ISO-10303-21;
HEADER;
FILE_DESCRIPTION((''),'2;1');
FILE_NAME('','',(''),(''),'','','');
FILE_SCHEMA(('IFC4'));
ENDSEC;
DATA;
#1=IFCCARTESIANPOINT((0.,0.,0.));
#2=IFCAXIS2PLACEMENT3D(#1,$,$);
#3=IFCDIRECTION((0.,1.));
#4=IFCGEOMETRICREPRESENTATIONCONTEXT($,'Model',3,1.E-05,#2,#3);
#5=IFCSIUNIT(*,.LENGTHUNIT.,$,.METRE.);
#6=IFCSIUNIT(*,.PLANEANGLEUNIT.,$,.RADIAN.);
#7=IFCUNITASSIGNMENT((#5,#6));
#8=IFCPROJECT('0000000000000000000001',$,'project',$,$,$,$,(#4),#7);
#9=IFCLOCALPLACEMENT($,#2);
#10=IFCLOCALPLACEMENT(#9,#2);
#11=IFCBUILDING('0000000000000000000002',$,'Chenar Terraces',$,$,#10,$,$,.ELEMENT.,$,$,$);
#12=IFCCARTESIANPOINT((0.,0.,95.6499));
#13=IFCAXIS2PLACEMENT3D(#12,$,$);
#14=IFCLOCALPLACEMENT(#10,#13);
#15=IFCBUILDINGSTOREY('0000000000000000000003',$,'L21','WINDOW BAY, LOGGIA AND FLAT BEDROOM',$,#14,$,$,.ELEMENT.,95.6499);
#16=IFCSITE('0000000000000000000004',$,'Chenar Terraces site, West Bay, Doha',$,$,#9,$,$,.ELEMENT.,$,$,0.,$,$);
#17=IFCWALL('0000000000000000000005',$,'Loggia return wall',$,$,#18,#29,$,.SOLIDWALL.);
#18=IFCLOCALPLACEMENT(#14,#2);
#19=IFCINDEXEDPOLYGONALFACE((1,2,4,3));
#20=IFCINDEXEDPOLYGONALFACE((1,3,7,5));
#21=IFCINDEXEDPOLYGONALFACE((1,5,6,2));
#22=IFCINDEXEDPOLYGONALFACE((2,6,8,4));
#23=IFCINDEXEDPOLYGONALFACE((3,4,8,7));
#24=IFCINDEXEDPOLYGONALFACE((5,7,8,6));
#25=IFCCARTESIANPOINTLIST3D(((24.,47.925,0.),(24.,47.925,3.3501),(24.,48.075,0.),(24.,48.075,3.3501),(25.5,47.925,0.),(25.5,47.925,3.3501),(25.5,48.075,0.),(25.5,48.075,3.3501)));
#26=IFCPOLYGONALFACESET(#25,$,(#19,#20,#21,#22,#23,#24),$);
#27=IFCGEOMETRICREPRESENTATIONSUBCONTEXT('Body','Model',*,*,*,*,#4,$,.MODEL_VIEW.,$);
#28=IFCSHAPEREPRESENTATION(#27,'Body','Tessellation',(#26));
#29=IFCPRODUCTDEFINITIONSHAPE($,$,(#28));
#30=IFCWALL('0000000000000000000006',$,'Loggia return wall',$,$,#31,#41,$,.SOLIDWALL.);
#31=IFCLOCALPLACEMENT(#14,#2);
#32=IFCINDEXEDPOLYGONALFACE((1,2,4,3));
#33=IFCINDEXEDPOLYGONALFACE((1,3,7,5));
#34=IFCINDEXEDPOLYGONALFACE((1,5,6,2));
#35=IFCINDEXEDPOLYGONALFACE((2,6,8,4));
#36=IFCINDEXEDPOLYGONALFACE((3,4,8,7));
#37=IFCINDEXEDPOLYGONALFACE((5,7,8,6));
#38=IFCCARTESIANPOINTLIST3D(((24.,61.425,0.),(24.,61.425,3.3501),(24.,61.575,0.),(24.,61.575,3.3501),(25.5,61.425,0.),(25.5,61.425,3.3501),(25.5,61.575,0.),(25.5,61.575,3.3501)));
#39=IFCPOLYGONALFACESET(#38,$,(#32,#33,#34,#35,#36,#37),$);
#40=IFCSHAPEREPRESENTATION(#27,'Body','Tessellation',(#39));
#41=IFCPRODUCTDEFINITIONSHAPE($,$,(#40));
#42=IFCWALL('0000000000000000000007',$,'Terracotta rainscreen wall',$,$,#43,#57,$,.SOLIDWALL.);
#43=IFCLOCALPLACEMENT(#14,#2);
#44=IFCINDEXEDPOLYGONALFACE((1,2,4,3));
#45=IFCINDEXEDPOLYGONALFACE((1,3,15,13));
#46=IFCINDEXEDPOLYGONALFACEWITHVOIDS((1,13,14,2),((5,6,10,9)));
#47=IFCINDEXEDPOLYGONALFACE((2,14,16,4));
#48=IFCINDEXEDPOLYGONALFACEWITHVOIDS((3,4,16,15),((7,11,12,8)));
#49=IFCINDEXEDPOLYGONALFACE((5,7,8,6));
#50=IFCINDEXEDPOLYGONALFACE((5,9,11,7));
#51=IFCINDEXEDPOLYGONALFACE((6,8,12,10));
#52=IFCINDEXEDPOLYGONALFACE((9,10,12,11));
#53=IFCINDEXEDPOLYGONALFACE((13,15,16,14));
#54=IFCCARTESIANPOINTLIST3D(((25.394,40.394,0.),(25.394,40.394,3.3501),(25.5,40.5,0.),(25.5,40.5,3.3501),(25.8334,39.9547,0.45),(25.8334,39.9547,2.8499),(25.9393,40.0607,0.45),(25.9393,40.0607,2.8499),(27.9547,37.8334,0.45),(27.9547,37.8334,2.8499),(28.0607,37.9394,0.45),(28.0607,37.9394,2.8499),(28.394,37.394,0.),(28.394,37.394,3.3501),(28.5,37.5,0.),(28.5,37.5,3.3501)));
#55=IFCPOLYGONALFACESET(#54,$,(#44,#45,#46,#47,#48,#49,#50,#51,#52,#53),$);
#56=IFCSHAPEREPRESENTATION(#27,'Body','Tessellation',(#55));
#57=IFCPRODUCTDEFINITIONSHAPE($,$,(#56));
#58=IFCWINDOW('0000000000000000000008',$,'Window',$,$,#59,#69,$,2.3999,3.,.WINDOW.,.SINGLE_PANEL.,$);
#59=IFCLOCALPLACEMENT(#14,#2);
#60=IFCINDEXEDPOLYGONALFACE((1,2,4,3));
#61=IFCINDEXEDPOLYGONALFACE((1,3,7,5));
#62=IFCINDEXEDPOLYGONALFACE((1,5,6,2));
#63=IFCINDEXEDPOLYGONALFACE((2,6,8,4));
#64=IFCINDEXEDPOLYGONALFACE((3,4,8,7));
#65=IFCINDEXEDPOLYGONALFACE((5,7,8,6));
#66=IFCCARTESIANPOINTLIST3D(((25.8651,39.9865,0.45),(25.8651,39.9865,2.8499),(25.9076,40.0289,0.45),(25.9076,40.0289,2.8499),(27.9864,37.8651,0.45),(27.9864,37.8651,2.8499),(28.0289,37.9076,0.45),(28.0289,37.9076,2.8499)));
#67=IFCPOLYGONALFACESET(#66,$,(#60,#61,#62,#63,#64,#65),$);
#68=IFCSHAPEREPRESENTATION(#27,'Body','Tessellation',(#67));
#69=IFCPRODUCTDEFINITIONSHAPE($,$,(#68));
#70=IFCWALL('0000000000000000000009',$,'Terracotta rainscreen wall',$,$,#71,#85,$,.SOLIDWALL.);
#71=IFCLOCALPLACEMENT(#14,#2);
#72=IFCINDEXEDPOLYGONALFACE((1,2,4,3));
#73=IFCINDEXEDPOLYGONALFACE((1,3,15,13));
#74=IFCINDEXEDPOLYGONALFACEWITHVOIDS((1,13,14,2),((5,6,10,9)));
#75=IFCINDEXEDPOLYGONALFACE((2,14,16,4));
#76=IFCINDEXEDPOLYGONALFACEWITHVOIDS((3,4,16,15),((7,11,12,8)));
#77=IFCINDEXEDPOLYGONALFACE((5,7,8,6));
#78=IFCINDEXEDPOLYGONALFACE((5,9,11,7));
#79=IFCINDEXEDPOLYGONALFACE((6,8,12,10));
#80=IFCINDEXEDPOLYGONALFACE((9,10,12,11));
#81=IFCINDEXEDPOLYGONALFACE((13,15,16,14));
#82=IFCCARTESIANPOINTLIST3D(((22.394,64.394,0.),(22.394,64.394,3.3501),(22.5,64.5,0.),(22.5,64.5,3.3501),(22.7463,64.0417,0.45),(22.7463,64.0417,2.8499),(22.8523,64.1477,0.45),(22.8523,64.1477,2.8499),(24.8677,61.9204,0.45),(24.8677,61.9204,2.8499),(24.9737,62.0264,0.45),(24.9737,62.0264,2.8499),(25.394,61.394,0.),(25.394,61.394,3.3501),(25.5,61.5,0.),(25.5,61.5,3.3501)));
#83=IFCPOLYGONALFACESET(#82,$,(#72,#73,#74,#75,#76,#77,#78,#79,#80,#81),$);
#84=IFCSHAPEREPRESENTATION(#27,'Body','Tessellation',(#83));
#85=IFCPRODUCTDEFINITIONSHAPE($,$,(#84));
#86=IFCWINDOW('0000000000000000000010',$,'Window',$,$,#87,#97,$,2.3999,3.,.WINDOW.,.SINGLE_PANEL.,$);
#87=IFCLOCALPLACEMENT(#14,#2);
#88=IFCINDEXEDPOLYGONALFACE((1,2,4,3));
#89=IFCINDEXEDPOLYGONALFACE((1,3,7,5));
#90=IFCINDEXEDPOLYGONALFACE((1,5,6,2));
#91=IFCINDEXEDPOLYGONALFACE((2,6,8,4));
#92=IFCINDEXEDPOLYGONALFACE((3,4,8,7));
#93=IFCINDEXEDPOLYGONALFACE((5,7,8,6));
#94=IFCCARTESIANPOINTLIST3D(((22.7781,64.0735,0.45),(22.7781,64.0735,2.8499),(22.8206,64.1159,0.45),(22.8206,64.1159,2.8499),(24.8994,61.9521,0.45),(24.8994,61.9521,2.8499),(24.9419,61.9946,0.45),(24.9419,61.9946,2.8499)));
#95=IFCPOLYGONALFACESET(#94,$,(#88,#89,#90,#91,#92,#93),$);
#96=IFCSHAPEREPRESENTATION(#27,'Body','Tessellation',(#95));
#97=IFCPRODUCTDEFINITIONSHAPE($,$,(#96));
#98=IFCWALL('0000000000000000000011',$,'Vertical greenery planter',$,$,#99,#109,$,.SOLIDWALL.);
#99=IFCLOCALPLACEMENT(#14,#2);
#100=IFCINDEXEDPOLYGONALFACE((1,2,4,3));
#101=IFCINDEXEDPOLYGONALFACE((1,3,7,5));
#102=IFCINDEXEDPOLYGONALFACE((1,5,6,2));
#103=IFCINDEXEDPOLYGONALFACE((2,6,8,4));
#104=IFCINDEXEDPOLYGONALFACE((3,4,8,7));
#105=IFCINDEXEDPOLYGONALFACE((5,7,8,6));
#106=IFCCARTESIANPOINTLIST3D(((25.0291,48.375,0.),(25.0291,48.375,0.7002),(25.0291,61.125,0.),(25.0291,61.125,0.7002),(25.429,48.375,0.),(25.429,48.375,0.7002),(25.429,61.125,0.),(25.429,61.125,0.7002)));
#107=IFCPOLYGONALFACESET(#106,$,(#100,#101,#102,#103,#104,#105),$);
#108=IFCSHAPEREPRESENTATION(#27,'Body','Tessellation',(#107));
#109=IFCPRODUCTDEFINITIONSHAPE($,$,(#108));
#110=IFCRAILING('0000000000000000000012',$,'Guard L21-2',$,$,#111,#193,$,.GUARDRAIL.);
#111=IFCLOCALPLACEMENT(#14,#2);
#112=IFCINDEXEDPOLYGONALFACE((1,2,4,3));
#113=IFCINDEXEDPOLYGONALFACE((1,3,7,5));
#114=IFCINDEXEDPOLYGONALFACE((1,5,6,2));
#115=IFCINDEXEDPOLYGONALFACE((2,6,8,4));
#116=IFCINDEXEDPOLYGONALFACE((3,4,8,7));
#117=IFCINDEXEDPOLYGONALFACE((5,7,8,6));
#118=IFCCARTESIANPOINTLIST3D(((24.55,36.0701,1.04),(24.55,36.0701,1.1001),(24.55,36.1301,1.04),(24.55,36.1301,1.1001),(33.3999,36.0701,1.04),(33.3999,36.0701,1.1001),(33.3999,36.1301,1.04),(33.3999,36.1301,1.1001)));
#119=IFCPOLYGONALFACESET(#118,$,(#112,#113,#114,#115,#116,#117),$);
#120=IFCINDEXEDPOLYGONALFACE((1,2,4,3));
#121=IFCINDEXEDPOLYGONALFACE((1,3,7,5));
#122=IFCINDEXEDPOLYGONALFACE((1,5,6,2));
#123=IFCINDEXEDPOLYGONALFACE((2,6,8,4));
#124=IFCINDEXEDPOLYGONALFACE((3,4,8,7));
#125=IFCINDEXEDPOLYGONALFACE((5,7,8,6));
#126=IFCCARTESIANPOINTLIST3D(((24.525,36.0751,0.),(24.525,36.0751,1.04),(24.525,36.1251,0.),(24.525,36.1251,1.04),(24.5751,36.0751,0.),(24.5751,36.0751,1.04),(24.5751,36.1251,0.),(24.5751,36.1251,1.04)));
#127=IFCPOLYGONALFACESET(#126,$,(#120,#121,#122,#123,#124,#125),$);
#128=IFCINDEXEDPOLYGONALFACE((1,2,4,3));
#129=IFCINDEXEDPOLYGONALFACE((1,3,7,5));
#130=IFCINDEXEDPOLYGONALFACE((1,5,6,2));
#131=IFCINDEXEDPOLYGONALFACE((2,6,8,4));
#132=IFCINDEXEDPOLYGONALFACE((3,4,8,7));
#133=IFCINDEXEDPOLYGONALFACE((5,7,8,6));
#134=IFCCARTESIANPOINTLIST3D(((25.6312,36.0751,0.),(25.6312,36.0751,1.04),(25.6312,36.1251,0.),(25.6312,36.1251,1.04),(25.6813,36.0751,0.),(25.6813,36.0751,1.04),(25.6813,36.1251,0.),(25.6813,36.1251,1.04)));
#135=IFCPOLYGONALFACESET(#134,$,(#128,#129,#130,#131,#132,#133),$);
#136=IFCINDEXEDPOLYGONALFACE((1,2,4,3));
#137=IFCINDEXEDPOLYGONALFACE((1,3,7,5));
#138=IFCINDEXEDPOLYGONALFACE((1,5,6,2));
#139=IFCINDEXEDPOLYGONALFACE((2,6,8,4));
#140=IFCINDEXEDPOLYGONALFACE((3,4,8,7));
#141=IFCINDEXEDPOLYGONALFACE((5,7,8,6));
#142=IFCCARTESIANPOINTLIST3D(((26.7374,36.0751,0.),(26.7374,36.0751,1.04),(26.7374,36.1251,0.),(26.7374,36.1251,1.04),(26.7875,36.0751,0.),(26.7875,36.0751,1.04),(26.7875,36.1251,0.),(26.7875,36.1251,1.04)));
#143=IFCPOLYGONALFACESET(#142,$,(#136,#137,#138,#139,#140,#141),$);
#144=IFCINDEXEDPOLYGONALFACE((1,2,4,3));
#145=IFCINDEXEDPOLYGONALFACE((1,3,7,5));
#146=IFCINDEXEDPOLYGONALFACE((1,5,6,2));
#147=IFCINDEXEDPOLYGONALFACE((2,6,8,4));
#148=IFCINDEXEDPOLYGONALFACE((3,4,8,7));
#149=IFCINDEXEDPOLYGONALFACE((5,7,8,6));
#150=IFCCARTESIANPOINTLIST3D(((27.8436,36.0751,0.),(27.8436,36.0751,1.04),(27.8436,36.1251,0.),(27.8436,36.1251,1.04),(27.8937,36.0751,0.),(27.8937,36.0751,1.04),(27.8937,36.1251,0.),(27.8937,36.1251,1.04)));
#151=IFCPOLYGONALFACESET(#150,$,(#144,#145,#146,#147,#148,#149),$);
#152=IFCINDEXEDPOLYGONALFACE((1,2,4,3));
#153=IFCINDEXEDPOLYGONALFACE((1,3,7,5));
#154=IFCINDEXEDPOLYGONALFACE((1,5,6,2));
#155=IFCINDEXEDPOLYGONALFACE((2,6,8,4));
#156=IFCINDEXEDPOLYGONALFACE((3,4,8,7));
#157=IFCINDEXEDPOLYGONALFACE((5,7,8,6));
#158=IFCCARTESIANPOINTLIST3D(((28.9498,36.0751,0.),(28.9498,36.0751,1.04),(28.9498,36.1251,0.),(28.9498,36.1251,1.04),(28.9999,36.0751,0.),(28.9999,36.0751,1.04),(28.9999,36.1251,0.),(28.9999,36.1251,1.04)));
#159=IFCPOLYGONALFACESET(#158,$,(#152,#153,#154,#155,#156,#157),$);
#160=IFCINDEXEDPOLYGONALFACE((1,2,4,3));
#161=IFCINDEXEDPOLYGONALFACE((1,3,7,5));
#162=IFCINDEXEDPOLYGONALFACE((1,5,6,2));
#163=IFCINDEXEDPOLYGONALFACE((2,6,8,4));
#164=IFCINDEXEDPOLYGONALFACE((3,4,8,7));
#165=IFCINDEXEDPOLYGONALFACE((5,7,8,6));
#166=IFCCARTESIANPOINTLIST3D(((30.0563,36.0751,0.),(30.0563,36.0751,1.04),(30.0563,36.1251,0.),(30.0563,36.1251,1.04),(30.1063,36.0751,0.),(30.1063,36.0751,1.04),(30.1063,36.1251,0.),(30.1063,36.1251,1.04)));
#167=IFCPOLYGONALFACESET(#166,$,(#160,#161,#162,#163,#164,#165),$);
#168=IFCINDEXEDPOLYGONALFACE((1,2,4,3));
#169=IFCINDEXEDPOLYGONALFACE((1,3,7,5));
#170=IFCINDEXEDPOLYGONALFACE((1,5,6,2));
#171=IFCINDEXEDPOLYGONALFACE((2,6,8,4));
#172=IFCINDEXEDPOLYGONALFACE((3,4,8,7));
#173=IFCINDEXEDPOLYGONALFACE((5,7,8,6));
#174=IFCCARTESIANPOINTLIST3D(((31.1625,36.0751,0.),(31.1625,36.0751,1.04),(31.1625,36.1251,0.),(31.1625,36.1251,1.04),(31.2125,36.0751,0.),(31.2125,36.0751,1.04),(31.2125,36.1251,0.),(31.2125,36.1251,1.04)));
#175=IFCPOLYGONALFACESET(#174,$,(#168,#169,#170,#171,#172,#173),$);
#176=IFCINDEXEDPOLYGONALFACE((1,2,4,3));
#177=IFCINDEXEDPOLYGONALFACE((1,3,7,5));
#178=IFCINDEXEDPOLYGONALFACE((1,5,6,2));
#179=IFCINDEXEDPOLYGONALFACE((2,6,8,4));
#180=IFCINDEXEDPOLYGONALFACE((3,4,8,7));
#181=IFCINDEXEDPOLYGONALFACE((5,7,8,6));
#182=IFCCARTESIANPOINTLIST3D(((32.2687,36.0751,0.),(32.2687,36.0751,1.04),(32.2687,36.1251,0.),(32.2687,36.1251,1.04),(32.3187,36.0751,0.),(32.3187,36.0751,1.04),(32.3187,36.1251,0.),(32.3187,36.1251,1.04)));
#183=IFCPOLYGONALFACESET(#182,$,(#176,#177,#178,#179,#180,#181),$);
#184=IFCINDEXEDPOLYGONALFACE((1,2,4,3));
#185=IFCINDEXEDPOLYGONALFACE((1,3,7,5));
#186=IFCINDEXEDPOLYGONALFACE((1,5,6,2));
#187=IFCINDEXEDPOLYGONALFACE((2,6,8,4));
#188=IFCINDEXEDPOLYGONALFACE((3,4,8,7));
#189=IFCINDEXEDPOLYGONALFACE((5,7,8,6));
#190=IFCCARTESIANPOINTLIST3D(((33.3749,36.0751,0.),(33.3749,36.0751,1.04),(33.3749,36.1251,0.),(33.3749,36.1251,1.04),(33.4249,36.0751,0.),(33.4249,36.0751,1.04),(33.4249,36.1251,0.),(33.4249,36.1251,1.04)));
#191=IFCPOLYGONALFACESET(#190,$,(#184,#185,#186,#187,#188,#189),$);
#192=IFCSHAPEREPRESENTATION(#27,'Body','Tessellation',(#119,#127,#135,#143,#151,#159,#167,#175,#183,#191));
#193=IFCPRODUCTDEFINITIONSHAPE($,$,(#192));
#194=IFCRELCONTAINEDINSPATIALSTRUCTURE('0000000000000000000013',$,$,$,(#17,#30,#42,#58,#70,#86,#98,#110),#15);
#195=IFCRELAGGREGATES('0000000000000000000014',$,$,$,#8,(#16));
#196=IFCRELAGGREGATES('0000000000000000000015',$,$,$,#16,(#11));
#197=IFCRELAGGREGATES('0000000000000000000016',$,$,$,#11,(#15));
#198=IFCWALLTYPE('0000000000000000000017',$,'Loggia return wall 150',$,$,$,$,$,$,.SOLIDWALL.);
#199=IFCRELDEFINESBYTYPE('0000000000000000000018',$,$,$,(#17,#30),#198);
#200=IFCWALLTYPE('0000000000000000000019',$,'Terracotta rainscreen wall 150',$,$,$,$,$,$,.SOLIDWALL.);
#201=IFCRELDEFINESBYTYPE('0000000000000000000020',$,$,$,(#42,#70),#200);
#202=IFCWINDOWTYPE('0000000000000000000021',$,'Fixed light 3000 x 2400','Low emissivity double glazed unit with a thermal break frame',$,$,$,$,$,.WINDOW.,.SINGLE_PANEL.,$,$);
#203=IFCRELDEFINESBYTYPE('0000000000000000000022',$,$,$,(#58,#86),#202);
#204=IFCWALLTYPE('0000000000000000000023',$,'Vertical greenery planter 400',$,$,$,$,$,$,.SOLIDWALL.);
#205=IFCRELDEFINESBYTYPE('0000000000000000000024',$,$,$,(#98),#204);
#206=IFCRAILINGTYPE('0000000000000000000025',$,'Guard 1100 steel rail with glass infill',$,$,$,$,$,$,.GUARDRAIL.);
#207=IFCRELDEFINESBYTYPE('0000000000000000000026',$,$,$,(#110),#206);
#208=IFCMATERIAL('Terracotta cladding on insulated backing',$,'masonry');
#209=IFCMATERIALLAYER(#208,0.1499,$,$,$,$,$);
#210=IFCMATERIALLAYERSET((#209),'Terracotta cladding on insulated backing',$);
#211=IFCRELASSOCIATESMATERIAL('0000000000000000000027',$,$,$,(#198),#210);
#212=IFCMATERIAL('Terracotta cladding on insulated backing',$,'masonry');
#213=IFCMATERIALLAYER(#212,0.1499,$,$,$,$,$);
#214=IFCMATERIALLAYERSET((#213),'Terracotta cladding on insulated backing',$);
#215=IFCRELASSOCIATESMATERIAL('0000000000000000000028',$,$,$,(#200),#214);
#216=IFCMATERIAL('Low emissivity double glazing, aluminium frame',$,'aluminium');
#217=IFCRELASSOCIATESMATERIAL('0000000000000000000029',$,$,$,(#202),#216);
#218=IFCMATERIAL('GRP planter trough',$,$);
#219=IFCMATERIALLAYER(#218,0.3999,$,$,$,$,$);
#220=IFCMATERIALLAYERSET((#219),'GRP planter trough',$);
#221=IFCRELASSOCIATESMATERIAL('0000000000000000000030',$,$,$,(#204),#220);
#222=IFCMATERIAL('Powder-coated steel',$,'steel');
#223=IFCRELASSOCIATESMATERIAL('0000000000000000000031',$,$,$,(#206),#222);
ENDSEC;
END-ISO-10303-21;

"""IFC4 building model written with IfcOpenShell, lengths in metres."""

from ifc_helpers import new_model, si_unit, direction, frame, frame_2d, origin, origin_2d, place, context, subcontext, project, spatial, rectangle, extrude, material, layer, layer_set, type_object, element, fill, save


model = new_model("IFC4")

# Units and contexts
model_context = context("Model", 3, precision=1e-05, world=origin(), true_north=direction((0.0, 1.0)))
body_context = subcontext(model_context, "Body", "Model", "MODEL_VIEW")
ifc_project = project(units=[si_unit("LENGTHUNIT", "METRE"), si_unit("PLANEANGLEUNIT", "RADIAN")], contexts=[model_context])

# Site, building, storey
site_placement = place(None, origin())
site = spatial("IfcSite", under=ifc_project, at=site_placement, Name="Chenar Terraces site, West Bay, Doha", CompositionType="ELEMENT", RefElevation=0.0)
building_placement = place(site_placement, origin())
building = spatial("IfcBuilding", under=site, at=building_placement, Name="Chenar Terraces", CompositionType="ELEMENT")
storey_placement = place(building_placement, frame((0.0, 0.0, 95.6499)))
storey = spatial("IfcBuildingStorey", under=building, at=storey_placement, Name="L21", Description="WINDOW BAY, LOGGIA AND FLAT BEDROOM", CompositionType="ELEMENT", Elevation=95.6499)

# Walls
ifc_material_1 = material(Name="Terracotta cladding on insulated backing", Category="masonry")
ifc_layer_1 = layer(ifc_material_1, 0.1499)
ifc_layer_set_1 = layer_set([ifc_layer_1], Name="Terracotta cladding on insulated backing")
wall_type_1 = type_object("IfcWallType", Name="Loggia return wall 150", PredefinedType="SOLIDWALL", material=ifc_layer_set_1)
for number, where, z_axis, x_axis, name in (
    (1, (25.5, 48.0, 0.0), (0.0, 0.0, 1.0), (-1.0, 0.0, 0.0), "Loggia return wall"),
    (2, (25.5, 61.5, 0.0), (0.0, 0.0, 1.0), (-1.0, 0.0, 0.0), "Loggia return wall"),
):
    element("IfcWall", number, at=place(storey_placement, frame(where, z_axis=z_axis, x_axis=x_axis)), inside=storey, type_object=wall_type_1, Name=name, PredefinedType="SOLIDWALL", context=body_context, shape_type="SweptSolid", body=[
        extrude(rectangle(XDim=1.5, YDim=0.1499, at=frame_2d((0.75, 0.0))), origin(), (0.0, 0.0, 1.0), 3.3501),
    ])

# Walls, openings, windows
ifc_material_2 = material(Name="Terracotta cladding on insulated backing", Category="masonry")
ifc_layer_2 = layer(ifc_material_2, 0.1499)
ifc_layer_set_2 = layer_set([ifc_layer_2], Name="Terracotta cladding on insulated backing")
wall_type_2 = type_object("IfcWallType", Name="Terracotta rainscreen wall 150", PredefinedType="SOLIDWALL", material=ifc_layer_set_2)
wall_1_placement = place(storey_placement, frame((28.447, 37.447, 0.0), z_axis=(0.0, 0.0, 1.0), x_axis=(-0.707107, 0.707107, 0.0)))
wall_1 = element("IfcWall", 3, at=wall_1_placement, inside=storey, type_object=wall_type_2, Name="Terracotta rainscreen wall", PredefinedType="SOLIDWALL", context=body_context, shape_type="SweptSolid", body=[
    extrude(rectangle(XDim=4.2427, YDim=0.1499, at=frame_2d((2.1213, 0.0))), origin(), (0.0, 0.0, 1.0), 3.3501),
])
opening_1_placement = place(wall_1_placement, frame((0.6213, 0.0, 0.45)))
opening_1 = element("IfcOpeningElement", 4, at=opening_1_placement, cuts=wall_1, PredefinedType="OPENING", context=body_context, shape_type="SweptSolid", body=[
    extrude(rectangle(XDim=3.0, YDim=2.3999, at=frame_2d((1.5, 1.2))), frame((0.0, 0.085, 0.0), z_axis=(0.0, -1.0, 0.0), x_axis=(1.0, 0.0, 0.0)), (0.0, 0.0, 1.0), 0.1699),
])
ifc_material_3 = material(Name="Low emissivity double glazing, aluminium frame", Category="aluminium")
window_type_1 = type_object("IfcWindowType", Name="Fixed light 3000 x 2400", Description="Low emissivity double glazed unit with a thermal break frame", PartitioningType="SINGLE_PANEL", PredefinedType="WINDOW", material=ifc_material_3)
window_1_placement = place(opening_1_placement, origin())
window_1 = element("IfcWindow", 5, at=window_1_placement, inside=storey, type_object=window_type_1, Name="Window", OverallHeight=2.3999, OverallWidth=3.0, PartitioningType="SINGLE_PANEL", PredefinedType="WINDOW", context=body_context, shape_type="SweptSolid", body=[
    extrude(rectangle(XDim=3.0, YDim=2.3999, at=frame_2d((1.5, 1.2))), frame((0.0, 0.03, 0.0), z_axis=(0.0, -1.0, 0.0), x_axis=(1.0, 0.0, 0.0)), (0.0, 0.0, 1.0), 0.0601),
])
fill(opening_1, window_1)
wall_2_placement = place(storey_placement, frame((25.447, 61.447, 0.0), z_axis=(0.0, 0.0, 1.0), x_axis=(-0.707107, 0.707107, 0.0)))
wall_2 = element("IfcWall", 6, at=wall_2_placement, inside=storey, type_object=wall_type_2, Name="Terracotta rainscreen wall", PredefinedType="SOLIDWALL", context=body_context, shape_type="SweptSolid", body=[
    extrude(rectangle(XDim=4.2427, YDim=0.1499, at=frame_2d((2.1213, 0.0))), origin(), (0.0, 0.0, 1.0), 3.3501),
])
opening_2_placement = place(wall_2_placement, frame((0.7444, 0.0, 0.45)))
opening_2 = element("IfcOpeningElement", 7, at=opening_2_placement, cuts=wall_2, PredefinedType="OPENING", context=body_context, shape_type="SweptSolid", body=[
    extrude(rectangle(XDim=3.0, YDim=2.3999, at=frame_2d((1.5, 1.2))), frame((0.0, 0.085, 0.0), z_axis=(0.0, -1.0, 0.0), x_axis=(1.0, 0.0, 0.0)), (0.0, 0.0, 1.0), 0.1699),
])
window_2_placement = place(opening_2_placement, origin())
window_2 = element("IfcWindow", 8, at=window_2_placement, inside=storey, type_object=window_type_1, Name="Window", OverallHeight=2.3999, OverallWidth=3.0, PartitioningType="SINGLE_PANEL", PredefinedType="WINDOW", context=body_context, shape_type="SweptSolid", body=[
    extrude(rectangle(XDim=3.0, YDim=2.3999, at=frame_2d((1.5, 1.2))), frame((0.0, 0.03, 0.0), z_axis=(0.0, -1.0, 0.0), x_axis=(1.0, 0.0, 0.0)), (0.0, 0.0, 1.0), 0.0601),
])
fill(opening_2, window_2)

# Wall
ifc_material_4 = material(Name="GRP planter trough")
ifc_layer_3 = layer(ifc_material_4, 0.3999)
ifc_layer_set_3 = layer_set([ifc_layer_3], Name="GRP planter trough")
wall_type_3 = type_object("IfcWallType", Name="Vertical greenery planter 400", PredefinedType="SOLIDWALL", material=ifc_layer_set_3)
wall_3_placement = place(storey_placement, frame((25.229, 48.375, 0.0), z_axis=(0.0, 0.0, 1.0), x_axis=(0.0, 1.0, 0.0)))
element("IfcWall", 9, at=wall_3_placement, inside=storey, type_object=wall_type_3, Name="Vertical greenery planter", PredefinedType="SOLIDWALL", context=body_context, shape_type="SweptSolid", body=[
    extrude(rectangle(XDim=12.75, YDim=0.3999, at=frame_2d((6.375, 0.0))), origin(), (0.0, 0.0, 1.0), 0.7002),
])

# Railing
ifc_material_5 = material(Name="Powder-coated steel", Category="steel")
railing_type_1 = type_object("IfcRailingType", Name="Guard 1100 steel rail with glass infill", PredefinedType="GUARDRAIL", material=ifc_material_5)
railing_1_placement = place(storey_placement, frame((24.55, 36.1001, 0.0)))
element("IfcRailing", 10, at=railing_1_placement, inside=storey, type_object=railing_type_1, Name="Guard L21-2", PredefinedType="GUARDRAIL", context=body_context, shape_type="SweptSolid", body=[
    extrude(rectangle(XDim=0.0601, YDim=0.0601, at=origin_2d()), frame((0.0, 0.0, 1.0701), z_axis=(1.0, 0.0, 0.0), x_axis=(0.0, 1.0, 0.0)), (0.0, 0.0, 1.0), 8.8499),
    extrude(rectangle(XDim=0.05, YDim=0.05, at=origin_2d()), origin(), (0.0, 0.0, 1.0), 1.04),
    extrude(rectangle(XDim=0.05, YDim=0.05, at=origin_2d()), frame((1.1062, 0.0, 0.0)), (0.0, 0.0, 1.0), 1.04),
    extrude(rectangle(XDim=0.05, YDim=0.05, at=origin_2d()), frame((2.2124, 0.0, 0.0)), (0.0, 0.0, 1.0), 1.04),
    extrude(rectangle(XDim=0.05, YDim=0.05, at=origin_2d()), frame((3.3186, 0.0, 0.0)), (0.0, 0.0, 1.0), 1.04),
    extrude(rectangle(XDim=0.05, YDim=0.05, at=origin_2d()), frame((4.4248, 0.0, 0.0)), (0.0, 0.0, 1.0), 1.04),
    extrude(rectangle(XDim=0.05, YDim=0.05, at=origin_2d()), frame((5.5312, 0.0, 0.0)), (0.0, 0.0, 1.0), 1.04),
    extrude(rectangle(XDim=0.05, YDim=0.05, at=origin_2d()), frame((6.6375, 0.0, 0.0)), (0.0, 0.0, 1.0), 1.04),
    extrude(rectangle(XDim=0.05, YDim=0.05, at=origin_2d()), frame((7.7437, 0.0, 0.0)), (0.0, 0.0, 1.0), 1.04),
    extrude(rectangle(XDim=0.05, YDim=0.05, at=origin_2d()), frame((8.8499, 0.0, 0.0)), (0.0, 0.0, 1.0), 1.04),
])

save(model, "model.ifc")
